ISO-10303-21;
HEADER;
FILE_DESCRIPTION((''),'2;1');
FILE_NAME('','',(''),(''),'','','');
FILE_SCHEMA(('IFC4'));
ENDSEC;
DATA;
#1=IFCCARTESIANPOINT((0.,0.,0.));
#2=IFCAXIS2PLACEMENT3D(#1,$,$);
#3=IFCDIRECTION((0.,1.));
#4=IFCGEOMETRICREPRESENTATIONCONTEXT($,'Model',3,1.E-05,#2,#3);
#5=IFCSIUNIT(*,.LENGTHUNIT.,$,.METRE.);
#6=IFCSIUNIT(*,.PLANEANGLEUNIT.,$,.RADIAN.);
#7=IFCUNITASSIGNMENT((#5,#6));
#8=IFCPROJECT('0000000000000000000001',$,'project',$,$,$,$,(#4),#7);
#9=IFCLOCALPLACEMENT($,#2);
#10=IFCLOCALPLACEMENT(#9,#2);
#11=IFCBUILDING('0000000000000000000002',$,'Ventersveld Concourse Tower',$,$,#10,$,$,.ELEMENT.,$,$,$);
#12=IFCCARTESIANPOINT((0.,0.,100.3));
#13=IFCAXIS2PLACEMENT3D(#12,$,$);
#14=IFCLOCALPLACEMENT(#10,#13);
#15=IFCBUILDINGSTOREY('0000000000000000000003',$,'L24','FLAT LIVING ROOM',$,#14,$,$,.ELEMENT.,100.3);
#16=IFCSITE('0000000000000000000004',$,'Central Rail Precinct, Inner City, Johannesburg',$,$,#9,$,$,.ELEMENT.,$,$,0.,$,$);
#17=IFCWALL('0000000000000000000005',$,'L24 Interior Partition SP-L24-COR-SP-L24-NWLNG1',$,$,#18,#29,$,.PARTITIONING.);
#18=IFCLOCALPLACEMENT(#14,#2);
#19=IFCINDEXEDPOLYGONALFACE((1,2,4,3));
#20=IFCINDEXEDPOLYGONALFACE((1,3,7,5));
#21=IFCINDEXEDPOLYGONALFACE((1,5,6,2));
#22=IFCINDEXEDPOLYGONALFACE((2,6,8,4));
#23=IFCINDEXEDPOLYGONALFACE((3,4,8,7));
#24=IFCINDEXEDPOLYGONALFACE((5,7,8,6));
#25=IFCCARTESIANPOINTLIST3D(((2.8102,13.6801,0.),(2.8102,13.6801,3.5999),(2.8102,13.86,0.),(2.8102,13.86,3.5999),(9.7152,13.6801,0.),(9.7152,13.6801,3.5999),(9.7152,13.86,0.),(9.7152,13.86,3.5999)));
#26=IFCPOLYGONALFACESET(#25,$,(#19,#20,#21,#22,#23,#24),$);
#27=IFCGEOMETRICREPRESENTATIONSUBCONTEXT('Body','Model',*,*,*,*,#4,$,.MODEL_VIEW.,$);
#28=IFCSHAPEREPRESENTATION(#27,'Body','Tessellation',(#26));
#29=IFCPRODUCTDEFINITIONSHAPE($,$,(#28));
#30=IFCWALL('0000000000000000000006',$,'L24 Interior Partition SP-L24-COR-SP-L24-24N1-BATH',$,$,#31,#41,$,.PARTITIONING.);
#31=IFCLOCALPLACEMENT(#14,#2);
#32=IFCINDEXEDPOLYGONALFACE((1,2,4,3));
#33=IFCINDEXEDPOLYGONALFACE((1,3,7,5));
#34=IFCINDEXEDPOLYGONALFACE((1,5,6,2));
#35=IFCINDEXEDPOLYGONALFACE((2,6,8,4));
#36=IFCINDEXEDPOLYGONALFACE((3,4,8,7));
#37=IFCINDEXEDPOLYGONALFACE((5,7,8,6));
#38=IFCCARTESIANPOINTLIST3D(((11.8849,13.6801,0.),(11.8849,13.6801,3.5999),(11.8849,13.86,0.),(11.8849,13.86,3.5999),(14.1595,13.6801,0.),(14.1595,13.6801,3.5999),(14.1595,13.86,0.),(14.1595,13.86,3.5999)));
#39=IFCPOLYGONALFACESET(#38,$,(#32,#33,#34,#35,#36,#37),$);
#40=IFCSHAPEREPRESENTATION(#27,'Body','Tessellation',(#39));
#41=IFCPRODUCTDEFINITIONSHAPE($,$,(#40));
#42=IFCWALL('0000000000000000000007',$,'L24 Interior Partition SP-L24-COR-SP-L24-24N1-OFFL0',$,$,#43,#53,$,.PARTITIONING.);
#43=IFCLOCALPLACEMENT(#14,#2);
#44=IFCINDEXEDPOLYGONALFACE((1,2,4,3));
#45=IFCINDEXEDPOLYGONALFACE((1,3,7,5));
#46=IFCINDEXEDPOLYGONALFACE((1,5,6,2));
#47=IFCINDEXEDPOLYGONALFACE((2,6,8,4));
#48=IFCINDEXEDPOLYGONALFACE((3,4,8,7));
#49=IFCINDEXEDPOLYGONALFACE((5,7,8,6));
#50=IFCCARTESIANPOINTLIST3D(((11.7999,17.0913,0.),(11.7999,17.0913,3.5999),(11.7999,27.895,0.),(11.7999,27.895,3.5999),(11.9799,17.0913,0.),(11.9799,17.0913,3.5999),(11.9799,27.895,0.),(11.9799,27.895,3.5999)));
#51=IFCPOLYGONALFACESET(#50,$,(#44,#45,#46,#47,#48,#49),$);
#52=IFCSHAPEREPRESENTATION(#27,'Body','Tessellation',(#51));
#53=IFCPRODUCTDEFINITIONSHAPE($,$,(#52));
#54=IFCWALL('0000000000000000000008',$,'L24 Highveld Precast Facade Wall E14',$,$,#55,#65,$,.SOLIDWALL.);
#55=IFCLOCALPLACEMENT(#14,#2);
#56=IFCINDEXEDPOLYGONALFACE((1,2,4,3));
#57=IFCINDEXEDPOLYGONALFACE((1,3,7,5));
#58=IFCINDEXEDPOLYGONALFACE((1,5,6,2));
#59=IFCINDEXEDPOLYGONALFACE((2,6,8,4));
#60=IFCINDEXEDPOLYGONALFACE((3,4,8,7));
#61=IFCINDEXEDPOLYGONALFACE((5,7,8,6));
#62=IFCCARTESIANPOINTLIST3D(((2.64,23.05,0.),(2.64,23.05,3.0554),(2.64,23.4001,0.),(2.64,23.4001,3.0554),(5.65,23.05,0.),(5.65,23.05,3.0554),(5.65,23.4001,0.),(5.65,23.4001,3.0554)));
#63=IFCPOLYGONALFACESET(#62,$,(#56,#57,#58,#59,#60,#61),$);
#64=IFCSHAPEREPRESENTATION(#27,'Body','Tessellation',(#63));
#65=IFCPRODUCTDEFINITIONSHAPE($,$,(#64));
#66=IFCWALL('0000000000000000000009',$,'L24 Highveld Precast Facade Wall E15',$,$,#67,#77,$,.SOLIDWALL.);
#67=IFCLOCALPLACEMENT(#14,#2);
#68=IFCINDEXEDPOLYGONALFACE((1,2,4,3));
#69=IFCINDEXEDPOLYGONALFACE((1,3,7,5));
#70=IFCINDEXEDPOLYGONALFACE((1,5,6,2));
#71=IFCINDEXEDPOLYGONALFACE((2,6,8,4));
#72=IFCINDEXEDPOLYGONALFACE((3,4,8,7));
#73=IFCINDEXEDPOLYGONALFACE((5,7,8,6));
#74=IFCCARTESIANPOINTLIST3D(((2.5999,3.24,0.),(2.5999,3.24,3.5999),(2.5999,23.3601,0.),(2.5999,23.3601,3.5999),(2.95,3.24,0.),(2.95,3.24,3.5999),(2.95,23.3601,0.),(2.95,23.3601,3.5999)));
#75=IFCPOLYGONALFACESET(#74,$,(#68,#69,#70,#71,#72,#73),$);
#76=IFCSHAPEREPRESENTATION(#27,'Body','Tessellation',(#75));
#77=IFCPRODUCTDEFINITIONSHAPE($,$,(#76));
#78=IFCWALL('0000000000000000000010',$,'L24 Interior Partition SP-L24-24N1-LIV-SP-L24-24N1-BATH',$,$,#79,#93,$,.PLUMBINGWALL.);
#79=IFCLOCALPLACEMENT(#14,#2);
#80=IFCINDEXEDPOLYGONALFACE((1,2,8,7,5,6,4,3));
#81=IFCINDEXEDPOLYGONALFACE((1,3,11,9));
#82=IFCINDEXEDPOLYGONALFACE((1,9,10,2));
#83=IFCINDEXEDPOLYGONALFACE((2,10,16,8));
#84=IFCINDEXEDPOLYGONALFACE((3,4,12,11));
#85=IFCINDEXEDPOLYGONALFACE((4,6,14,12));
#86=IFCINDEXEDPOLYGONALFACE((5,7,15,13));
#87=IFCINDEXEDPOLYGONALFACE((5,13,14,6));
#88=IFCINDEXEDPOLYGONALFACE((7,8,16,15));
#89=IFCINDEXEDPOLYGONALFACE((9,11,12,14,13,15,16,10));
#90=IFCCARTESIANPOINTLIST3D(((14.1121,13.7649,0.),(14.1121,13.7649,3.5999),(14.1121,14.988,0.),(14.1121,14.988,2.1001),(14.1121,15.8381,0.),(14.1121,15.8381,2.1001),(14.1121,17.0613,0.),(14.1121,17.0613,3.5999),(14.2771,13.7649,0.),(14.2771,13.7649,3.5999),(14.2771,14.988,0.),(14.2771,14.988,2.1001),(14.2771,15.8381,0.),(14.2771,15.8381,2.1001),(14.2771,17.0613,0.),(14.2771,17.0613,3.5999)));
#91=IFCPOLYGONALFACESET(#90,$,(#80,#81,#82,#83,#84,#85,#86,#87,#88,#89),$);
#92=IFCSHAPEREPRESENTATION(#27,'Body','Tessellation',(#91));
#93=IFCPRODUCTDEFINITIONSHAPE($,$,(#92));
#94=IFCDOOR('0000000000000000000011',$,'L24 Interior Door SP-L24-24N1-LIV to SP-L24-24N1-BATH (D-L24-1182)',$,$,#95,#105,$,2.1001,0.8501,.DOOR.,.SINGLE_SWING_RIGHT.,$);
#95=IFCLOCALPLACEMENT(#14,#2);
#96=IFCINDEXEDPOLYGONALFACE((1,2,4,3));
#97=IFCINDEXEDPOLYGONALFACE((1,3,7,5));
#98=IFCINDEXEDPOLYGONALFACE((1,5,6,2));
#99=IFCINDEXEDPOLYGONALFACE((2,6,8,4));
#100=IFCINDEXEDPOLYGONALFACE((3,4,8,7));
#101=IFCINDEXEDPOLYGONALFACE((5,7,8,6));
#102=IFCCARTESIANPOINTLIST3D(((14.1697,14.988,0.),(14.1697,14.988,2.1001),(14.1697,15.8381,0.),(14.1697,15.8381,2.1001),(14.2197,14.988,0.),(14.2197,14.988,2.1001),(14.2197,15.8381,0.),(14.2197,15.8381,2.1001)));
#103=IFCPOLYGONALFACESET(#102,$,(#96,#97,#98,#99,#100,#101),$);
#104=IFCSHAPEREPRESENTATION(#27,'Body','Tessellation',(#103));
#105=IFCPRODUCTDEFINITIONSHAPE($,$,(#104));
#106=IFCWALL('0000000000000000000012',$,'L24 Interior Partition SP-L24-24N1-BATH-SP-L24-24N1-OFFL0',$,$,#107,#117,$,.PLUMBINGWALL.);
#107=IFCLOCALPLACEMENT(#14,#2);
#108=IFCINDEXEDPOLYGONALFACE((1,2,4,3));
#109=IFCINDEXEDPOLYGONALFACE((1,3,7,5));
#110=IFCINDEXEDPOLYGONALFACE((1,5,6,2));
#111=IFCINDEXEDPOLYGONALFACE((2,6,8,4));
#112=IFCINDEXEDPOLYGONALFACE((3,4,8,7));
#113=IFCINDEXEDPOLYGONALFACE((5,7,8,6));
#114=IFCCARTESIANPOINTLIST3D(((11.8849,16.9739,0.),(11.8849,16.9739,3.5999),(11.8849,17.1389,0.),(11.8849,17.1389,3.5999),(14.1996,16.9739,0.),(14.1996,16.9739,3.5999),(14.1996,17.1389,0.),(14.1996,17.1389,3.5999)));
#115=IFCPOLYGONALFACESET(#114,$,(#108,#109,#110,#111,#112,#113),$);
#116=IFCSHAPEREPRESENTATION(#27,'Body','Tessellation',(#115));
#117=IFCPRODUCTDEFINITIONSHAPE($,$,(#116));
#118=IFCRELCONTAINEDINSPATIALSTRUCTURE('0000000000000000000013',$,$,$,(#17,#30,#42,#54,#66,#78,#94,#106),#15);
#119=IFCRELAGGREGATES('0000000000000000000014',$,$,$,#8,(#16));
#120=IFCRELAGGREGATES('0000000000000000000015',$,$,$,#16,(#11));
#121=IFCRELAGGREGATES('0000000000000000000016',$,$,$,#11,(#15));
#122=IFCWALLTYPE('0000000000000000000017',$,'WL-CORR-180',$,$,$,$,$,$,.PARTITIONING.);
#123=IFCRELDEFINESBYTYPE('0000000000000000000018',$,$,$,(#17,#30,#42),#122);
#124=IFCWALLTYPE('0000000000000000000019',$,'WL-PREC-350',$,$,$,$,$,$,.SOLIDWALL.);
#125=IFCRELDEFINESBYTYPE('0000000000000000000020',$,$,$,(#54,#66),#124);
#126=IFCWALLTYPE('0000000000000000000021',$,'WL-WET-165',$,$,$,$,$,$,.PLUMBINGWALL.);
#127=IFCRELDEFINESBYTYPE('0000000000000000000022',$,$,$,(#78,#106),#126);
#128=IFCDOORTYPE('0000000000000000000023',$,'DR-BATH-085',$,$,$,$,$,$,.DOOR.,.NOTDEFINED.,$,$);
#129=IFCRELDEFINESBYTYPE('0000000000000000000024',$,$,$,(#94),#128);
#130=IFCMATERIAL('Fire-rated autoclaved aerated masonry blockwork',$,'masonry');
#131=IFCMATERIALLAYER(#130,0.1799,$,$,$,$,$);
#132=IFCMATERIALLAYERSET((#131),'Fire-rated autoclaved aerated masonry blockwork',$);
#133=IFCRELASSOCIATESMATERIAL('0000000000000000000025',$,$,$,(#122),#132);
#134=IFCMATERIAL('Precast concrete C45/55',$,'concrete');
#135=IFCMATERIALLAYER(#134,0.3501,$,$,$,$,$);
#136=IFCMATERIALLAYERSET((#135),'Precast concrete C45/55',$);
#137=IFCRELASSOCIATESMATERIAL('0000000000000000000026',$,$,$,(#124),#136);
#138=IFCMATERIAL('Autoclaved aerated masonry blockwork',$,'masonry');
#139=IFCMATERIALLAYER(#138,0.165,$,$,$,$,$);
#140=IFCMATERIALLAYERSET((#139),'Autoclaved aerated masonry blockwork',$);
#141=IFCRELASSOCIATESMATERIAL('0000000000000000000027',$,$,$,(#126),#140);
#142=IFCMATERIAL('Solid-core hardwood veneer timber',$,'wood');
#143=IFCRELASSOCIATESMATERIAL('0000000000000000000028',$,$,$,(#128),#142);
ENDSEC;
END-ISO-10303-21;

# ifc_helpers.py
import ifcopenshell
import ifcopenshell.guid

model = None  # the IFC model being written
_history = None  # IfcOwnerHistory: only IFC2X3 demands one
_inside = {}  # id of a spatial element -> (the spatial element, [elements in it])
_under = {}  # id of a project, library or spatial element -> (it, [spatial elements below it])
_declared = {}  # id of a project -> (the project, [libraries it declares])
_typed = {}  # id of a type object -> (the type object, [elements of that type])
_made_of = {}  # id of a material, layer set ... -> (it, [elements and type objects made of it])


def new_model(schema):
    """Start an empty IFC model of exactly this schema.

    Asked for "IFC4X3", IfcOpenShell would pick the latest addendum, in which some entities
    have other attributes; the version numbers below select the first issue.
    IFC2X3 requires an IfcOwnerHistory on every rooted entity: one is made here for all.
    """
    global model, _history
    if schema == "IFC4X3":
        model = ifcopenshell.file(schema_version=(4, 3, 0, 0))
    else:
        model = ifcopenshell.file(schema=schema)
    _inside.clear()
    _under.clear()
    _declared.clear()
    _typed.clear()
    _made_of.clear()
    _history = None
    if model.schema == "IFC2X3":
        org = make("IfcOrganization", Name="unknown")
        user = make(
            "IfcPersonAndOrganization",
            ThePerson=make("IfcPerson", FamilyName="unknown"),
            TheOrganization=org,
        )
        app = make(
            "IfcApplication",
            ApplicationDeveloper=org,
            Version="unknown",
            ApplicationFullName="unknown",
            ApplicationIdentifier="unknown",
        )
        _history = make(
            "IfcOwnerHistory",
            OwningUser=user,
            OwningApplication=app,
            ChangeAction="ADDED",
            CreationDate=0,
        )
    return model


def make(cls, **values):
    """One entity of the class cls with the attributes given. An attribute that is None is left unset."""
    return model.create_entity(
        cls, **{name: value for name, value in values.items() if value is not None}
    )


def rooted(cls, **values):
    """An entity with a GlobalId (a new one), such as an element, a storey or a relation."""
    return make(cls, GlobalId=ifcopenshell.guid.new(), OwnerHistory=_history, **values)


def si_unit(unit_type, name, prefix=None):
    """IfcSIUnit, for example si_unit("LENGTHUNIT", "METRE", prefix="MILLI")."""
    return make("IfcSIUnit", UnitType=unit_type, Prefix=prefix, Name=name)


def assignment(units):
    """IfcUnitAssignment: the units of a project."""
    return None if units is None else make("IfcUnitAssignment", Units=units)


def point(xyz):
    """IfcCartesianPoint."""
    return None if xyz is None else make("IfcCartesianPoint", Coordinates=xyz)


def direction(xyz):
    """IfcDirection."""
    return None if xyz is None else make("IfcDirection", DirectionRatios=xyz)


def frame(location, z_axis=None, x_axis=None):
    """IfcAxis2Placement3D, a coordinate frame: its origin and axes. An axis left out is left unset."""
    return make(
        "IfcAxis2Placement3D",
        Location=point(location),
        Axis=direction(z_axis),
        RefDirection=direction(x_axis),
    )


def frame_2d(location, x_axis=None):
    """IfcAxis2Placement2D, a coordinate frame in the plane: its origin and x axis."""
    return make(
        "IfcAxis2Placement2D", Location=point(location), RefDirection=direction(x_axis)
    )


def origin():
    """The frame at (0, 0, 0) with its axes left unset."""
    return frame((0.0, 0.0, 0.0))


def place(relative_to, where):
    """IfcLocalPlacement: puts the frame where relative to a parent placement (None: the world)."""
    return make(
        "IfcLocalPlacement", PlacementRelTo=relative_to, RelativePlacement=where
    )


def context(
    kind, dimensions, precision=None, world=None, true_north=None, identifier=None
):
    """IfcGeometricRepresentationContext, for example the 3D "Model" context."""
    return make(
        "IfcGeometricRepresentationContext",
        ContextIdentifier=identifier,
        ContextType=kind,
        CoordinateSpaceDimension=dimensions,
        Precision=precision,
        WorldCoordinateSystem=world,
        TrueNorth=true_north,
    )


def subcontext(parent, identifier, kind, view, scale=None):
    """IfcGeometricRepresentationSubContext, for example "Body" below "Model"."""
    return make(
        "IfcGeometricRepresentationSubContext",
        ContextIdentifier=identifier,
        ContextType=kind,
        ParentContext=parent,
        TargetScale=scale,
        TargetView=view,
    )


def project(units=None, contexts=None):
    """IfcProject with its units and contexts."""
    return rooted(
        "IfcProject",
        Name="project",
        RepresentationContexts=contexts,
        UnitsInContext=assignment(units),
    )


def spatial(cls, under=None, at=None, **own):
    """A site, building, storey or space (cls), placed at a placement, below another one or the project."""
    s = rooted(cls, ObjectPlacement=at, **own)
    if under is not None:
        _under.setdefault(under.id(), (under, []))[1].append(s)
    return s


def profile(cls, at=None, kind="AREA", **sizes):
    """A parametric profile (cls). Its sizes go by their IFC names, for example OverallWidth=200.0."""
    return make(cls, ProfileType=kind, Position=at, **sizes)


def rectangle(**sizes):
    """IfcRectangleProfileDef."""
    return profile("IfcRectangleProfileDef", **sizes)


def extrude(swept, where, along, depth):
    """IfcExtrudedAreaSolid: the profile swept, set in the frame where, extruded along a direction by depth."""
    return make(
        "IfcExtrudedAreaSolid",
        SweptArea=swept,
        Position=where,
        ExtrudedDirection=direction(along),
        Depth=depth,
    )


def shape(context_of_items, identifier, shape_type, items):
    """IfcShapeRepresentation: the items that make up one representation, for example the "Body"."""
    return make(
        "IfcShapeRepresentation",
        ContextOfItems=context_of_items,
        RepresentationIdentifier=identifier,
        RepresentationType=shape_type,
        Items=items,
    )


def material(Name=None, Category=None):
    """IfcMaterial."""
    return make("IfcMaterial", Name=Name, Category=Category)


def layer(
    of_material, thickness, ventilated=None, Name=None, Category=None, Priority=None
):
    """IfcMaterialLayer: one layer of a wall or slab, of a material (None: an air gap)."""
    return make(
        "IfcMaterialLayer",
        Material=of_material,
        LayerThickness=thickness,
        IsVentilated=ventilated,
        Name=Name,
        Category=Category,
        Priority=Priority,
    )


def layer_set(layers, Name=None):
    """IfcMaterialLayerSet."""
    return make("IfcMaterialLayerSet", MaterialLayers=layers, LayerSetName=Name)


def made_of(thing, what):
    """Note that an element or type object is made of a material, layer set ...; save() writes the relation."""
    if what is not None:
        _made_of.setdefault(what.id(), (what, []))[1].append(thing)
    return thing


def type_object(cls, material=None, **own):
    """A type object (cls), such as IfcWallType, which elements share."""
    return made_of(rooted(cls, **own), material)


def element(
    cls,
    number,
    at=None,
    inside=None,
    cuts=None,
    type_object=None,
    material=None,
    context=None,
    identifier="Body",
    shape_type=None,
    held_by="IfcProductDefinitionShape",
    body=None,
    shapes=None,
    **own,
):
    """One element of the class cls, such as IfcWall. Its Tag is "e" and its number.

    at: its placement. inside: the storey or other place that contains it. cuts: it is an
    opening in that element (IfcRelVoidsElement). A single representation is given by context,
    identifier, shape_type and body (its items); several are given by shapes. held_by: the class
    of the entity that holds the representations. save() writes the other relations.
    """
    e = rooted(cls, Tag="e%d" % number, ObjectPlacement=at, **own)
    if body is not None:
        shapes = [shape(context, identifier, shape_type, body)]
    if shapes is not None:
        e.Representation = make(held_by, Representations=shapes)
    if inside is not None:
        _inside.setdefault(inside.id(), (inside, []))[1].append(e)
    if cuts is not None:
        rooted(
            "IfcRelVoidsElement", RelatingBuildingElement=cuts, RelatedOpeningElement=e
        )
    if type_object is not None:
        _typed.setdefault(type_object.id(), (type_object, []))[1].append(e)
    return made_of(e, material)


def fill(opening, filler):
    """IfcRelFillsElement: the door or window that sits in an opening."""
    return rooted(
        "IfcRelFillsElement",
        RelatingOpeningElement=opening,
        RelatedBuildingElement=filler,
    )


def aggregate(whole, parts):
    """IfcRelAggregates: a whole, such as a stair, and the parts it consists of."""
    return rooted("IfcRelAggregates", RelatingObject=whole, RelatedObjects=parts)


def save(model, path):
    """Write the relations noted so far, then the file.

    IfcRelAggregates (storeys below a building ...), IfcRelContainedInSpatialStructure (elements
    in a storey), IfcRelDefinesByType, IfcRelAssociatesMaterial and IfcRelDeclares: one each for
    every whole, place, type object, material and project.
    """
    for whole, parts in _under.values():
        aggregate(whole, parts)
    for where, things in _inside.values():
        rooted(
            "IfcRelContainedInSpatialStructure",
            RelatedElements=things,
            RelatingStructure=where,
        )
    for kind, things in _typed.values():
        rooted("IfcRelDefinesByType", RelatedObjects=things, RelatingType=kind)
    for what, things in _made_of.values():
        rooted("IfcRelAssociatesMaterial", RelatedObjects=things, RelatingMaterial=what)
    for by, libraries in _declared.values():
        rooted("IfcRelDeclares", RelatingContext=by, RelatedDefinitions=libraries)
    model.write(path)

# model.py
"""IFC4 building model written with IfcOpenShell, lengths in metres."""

from ifc_helpers import new_model, si_unit, direction, frame, frame_2d, origin, place, context, subcontext, project, spatial, rectangle, extrude, material, layer, layer_set, type_object, element, fill, save


model = new_model("IFC4")

# Units and contexts
model_context = context("Model", 3, precision=1e-05, world=origin(), true_north=direction((0.0, 1.0)))
body_context = subcontext(model_context, "Body", "Model", "MODEL_VIEW")
ifc_project = project(units=[si_unit("LENGTHUNIT", "METRE"), si_unit("PLANEANGLEUNIT", "RADIAN")], contexts=[model_context])

# Site, building, storey
site_placement = place(None, origin())
site = spatial("IfcSite", under=ifc_project, at=site_placement, Name="Central Rail Precinct, Inner City, Johannesburg", CompositionType="ELEMENT", RefElevation=0.0)
building_placement = place(site_placement, origin())
building = spatial("IfcBuilding", under=site, at=building_placement, Name="Ventersveld Concourse Tower", CompositionType="ELEMENT")
storey_placement = place(building_placement, frame((0.0, 0.0, 100.3)))
storey = spatial("IfcBuildingStorey", under=building, at=storey_placement, Name="L24", Description="FLAT LIVING ROOM", CompositionType="ELEMENT", Elevation=100.3)

# Wall
ifc_material_1 = material(Name="Fire-rated autoclaved aerated masonry blockwork", Category="masonry")
ifc_layer_1 = layer(ifc_material_1, 0.1799)
ifc_layer_set_1 = layer_set([ifc_layer_1], Name="Fire-rated autoclaved aerated masonry blockwork")
wall_type_1 = type_object("IfcWallType", Name="WL-CORR-180", PredefinedType="PARTITIONING", material=ifc_layer_set_1)
wall_1_placement = place(storey_placement, frame((2.8101, 13.77, 0.0), z_axis=(0.0, 0.0, 1.0), x_axis=(1.0, 0.0, 0.0)))
element("IfcWall", 1, at=wall_1_placement, inside=storey, type_object=wall_type_1, Name="L24 Interior Partition SP-L24-COR-SP-L24-NWLNG1", PredefinedType="PARTITIONING", context=body_context, shape_type="SweptSolid", body=[
    extrude(rectangle(XDim=6.905, YDim=0.1799, at=frame_2d((3.4526, 0.0))), origin(), (0.0, 0.0, 1.0), 3.5999),
])

# Shared definitions
ifc_material_2 = material(Name="Solid-core hardwood veneer timber", Category="wood")

# Walls
wall_2_placement = place(storey_placement, frame((11.885, 13.77, 0.0), z_axis=(0.0, 0.0, 1.0), x_axis=(1.0, 0.0, 0.0)))
element("IfcWall", 2, at=wall_2_placement, inside=storey, type_object=wall_type_1, Name="L24 Interior Partition SP-L24-COR-SP-L24-24N1-BATH", PredefinedType="PARTITIONING", context=body_context, shape_type="SweptSolid", body=[
    extrude(rectangle(XDim=2.2747, YDim=0.1799, at=frame_2d((1.1372, 0.0))), origin(), (0.0, 0.0, 1.0), 3.5999),
])
wall_3_placement = place(storey_placement, frame((11.8899, 17.0913, 0.0), z_axis=(0.0, 0.0, 1.0), x_axis=(0.0, 1.0, 0.0)))
element("IfcWall", 3, at=wall_3_placement, inside=storey, type_object=wall_type_1, Name="L24 Interior Partition SP-L24-COR-SP-L24-24N1-OFFL0", PredefinedType="PARTITIONING", context=body_context, shape_type="SweptSolid", body=[
    extrude(rectangle(XDim=10.8037, YDim=0.1799, at=frame_2d((5.4019, 0.0))), origin(), (0.0, 0.0, 1.0), 3.5999),
])
ifc_material_3 = material(Name="Precast concrete C45/55", Category="concrete")
ifc_layer_2 = layer(ifc_material_3, 0.3501)
ifc_layer_set_2 = layer_set([ifc_layer_2], Name="Precast concrete C45/55")
wall_type_2 = type_object("IfcWallType", Name="WL-PREC-350", PredefinedType="SOLIDWALL", material=ifc_layer_set_2)
wall_4_placement = place(storey_placement, frame((5.6499, 23.2251, 0.0), z_axis=(0.0, 0.0, 1.0), x_axis=(-1.0, 0.0, 0.0)))
element("IfcWall", 4, at=wall_4_placement, inside=storey, type_object=wall_type_2, Name="L24 Highveld Precast Facade Wall E14", PredefinedType="SOLIDWALL", context=body_context, shape_type="SweptSolid", body=[
    extrude(rectangle(XDim=3.01, YDim=0.3501, at=frame_2d((1.5049, 0.0))), origin(), (0.0, 0.0, 1.0), 3.0554),
])
wall_5_placement = place(storey_placement, frame((2.7749, 23.3601, 0.0), z_axis=(0.0, 0.0, 1.0), x_axis=(0.0, -1.0, 0.0)))
element("IfcWall", 5, at=wall_5_placement, inside=storey, type_object=wall_type_2, Name="L24 Highveld Precast Facade Wall E15", PredefinedType="SOLIDWALL", context=body_context, shape_type="SweptSolid", body=[
    extrude(rectangle(XDim=20.1201, YDim=0.3501, at=frame_2d((10.0601, 0.0))), origin(), (0.0, 0.0, 1.0), 3.5999),
])

# Wall, opening, door
ifc_material_4 = material(Name="Autoclaved aerated masonry blockwork", Category="masonry")
ifc_layer_3 = layer(ifc_material_4, 0.165)
ifc_layer_set_3 = layer_set([ifc_layer_3], Name="Autoclaved aerated masonry blockwork")
wall_type_3 = type_object("IfcWallType", Name="WL-WET-165", PredefinedType="PLUMBINGWALL", material=ifc_layer_set_3)
wall_6_placement = place(storey_placement, frame((14.1946, 13.7649, 0.0), z_axis=(0.0, 0.0, 1.0), x_axis=(0.0, 1.0, 0.0)))
wall_6 = element("IfcWall", 6, at=wall_6_placement, inside=storey, type_object=wall_type_3, Name="L24 Interior Partition SP-L24-24N1-LIV-SP-L24-24N1-BATH", PredefinedType="PLUMBINGWALL", context=body_context, shape_type="SweptSolid", body=[
    extrude(rectangle(XDim=3.2964, YDim=0.165, at=frame_2d((1.6482, 0.0))), origin(), (0.0, 0.0, 1.0), 3.5999),
])
opening_1_placement = place(wall_6_placement, frame((1.2231, 0.0, 0.0)))
opening_1 = element("IfcOpeningElement", 7, at=opening_1_placement, cuts=wall_6, PredefinedType="OPENING", context=body_context, shape_type="SweptSolid", body=[
    extrude(rectangle(XDim=0.8501, YDim=2.1001, at=frame_2d((0.425, 1.05))), frame((0.0, 0.0925, 0.0), z_axis=(0.0, -1.0, 0.0), x_axis=(1.0, 0.0, 0.0)), (0.0, 0.0, 1.0), 0.1851),
])
door_type_1 = type_object("IfcDoorType", Name="DR-BATH-085", OperationType="NOTDEFINED", PredefinedType="DOOR", material=ifc_material_2)
door_1_placement = place(opening_1_placement, origin())
door_1 = element("IfcDoor", 8, at=door_1_placement, inside=storey, type_object=door_type_1, Name="L24 Interior Door SP-L24-24N1-LIV to SP-L24-24N1-BATH (D-L24-1182)", OperationType="SINGLE_SWING_RIGHT", OverallHeight=2.1001, OverallWidth=0.8501, PredefinedType="DOOR", context=body_context, shape_type="SweptSolid", body=[
    extrude(rectangle(XDim=0.8501, YDim=2.1001, at=frame_2d((0.425, 1.05))), frame((0.0, 0.0249, 0.0), z_axis=(0.0, -1.0, 0.0), x_axis=(1.0, 0.0, 0.0)), (0.0, 0.0, 1.0), 0.05),
])
fill(opening_1, door_1)

# Wall
wall_7_placement = place(storey_placement, frame((11.885, 17.0564, 0.0), z_axis=(0.0, 0.0, 1.0), x_axis=(1.0, 0.0, 0.0)))
element("IfcWall", 9, at=wall_7_placement, inside=storey, type_object=wall_type_3, Name="L24 Interior Partition SP-L24-24N1-BATH-SP-L24-24N1-OFFL0", PredefinedType="PLUMBINGWALL", context=body_context, shape_type="SweptSolid", body=[
    extrude(rectangle(XDim=2.3147, YDim=0.165, at=frame_2d((1.1572, 0.0))), origin(), (0.0, 0.0, 1.0), 3.5999),
])

save(model, "model.ifc")
